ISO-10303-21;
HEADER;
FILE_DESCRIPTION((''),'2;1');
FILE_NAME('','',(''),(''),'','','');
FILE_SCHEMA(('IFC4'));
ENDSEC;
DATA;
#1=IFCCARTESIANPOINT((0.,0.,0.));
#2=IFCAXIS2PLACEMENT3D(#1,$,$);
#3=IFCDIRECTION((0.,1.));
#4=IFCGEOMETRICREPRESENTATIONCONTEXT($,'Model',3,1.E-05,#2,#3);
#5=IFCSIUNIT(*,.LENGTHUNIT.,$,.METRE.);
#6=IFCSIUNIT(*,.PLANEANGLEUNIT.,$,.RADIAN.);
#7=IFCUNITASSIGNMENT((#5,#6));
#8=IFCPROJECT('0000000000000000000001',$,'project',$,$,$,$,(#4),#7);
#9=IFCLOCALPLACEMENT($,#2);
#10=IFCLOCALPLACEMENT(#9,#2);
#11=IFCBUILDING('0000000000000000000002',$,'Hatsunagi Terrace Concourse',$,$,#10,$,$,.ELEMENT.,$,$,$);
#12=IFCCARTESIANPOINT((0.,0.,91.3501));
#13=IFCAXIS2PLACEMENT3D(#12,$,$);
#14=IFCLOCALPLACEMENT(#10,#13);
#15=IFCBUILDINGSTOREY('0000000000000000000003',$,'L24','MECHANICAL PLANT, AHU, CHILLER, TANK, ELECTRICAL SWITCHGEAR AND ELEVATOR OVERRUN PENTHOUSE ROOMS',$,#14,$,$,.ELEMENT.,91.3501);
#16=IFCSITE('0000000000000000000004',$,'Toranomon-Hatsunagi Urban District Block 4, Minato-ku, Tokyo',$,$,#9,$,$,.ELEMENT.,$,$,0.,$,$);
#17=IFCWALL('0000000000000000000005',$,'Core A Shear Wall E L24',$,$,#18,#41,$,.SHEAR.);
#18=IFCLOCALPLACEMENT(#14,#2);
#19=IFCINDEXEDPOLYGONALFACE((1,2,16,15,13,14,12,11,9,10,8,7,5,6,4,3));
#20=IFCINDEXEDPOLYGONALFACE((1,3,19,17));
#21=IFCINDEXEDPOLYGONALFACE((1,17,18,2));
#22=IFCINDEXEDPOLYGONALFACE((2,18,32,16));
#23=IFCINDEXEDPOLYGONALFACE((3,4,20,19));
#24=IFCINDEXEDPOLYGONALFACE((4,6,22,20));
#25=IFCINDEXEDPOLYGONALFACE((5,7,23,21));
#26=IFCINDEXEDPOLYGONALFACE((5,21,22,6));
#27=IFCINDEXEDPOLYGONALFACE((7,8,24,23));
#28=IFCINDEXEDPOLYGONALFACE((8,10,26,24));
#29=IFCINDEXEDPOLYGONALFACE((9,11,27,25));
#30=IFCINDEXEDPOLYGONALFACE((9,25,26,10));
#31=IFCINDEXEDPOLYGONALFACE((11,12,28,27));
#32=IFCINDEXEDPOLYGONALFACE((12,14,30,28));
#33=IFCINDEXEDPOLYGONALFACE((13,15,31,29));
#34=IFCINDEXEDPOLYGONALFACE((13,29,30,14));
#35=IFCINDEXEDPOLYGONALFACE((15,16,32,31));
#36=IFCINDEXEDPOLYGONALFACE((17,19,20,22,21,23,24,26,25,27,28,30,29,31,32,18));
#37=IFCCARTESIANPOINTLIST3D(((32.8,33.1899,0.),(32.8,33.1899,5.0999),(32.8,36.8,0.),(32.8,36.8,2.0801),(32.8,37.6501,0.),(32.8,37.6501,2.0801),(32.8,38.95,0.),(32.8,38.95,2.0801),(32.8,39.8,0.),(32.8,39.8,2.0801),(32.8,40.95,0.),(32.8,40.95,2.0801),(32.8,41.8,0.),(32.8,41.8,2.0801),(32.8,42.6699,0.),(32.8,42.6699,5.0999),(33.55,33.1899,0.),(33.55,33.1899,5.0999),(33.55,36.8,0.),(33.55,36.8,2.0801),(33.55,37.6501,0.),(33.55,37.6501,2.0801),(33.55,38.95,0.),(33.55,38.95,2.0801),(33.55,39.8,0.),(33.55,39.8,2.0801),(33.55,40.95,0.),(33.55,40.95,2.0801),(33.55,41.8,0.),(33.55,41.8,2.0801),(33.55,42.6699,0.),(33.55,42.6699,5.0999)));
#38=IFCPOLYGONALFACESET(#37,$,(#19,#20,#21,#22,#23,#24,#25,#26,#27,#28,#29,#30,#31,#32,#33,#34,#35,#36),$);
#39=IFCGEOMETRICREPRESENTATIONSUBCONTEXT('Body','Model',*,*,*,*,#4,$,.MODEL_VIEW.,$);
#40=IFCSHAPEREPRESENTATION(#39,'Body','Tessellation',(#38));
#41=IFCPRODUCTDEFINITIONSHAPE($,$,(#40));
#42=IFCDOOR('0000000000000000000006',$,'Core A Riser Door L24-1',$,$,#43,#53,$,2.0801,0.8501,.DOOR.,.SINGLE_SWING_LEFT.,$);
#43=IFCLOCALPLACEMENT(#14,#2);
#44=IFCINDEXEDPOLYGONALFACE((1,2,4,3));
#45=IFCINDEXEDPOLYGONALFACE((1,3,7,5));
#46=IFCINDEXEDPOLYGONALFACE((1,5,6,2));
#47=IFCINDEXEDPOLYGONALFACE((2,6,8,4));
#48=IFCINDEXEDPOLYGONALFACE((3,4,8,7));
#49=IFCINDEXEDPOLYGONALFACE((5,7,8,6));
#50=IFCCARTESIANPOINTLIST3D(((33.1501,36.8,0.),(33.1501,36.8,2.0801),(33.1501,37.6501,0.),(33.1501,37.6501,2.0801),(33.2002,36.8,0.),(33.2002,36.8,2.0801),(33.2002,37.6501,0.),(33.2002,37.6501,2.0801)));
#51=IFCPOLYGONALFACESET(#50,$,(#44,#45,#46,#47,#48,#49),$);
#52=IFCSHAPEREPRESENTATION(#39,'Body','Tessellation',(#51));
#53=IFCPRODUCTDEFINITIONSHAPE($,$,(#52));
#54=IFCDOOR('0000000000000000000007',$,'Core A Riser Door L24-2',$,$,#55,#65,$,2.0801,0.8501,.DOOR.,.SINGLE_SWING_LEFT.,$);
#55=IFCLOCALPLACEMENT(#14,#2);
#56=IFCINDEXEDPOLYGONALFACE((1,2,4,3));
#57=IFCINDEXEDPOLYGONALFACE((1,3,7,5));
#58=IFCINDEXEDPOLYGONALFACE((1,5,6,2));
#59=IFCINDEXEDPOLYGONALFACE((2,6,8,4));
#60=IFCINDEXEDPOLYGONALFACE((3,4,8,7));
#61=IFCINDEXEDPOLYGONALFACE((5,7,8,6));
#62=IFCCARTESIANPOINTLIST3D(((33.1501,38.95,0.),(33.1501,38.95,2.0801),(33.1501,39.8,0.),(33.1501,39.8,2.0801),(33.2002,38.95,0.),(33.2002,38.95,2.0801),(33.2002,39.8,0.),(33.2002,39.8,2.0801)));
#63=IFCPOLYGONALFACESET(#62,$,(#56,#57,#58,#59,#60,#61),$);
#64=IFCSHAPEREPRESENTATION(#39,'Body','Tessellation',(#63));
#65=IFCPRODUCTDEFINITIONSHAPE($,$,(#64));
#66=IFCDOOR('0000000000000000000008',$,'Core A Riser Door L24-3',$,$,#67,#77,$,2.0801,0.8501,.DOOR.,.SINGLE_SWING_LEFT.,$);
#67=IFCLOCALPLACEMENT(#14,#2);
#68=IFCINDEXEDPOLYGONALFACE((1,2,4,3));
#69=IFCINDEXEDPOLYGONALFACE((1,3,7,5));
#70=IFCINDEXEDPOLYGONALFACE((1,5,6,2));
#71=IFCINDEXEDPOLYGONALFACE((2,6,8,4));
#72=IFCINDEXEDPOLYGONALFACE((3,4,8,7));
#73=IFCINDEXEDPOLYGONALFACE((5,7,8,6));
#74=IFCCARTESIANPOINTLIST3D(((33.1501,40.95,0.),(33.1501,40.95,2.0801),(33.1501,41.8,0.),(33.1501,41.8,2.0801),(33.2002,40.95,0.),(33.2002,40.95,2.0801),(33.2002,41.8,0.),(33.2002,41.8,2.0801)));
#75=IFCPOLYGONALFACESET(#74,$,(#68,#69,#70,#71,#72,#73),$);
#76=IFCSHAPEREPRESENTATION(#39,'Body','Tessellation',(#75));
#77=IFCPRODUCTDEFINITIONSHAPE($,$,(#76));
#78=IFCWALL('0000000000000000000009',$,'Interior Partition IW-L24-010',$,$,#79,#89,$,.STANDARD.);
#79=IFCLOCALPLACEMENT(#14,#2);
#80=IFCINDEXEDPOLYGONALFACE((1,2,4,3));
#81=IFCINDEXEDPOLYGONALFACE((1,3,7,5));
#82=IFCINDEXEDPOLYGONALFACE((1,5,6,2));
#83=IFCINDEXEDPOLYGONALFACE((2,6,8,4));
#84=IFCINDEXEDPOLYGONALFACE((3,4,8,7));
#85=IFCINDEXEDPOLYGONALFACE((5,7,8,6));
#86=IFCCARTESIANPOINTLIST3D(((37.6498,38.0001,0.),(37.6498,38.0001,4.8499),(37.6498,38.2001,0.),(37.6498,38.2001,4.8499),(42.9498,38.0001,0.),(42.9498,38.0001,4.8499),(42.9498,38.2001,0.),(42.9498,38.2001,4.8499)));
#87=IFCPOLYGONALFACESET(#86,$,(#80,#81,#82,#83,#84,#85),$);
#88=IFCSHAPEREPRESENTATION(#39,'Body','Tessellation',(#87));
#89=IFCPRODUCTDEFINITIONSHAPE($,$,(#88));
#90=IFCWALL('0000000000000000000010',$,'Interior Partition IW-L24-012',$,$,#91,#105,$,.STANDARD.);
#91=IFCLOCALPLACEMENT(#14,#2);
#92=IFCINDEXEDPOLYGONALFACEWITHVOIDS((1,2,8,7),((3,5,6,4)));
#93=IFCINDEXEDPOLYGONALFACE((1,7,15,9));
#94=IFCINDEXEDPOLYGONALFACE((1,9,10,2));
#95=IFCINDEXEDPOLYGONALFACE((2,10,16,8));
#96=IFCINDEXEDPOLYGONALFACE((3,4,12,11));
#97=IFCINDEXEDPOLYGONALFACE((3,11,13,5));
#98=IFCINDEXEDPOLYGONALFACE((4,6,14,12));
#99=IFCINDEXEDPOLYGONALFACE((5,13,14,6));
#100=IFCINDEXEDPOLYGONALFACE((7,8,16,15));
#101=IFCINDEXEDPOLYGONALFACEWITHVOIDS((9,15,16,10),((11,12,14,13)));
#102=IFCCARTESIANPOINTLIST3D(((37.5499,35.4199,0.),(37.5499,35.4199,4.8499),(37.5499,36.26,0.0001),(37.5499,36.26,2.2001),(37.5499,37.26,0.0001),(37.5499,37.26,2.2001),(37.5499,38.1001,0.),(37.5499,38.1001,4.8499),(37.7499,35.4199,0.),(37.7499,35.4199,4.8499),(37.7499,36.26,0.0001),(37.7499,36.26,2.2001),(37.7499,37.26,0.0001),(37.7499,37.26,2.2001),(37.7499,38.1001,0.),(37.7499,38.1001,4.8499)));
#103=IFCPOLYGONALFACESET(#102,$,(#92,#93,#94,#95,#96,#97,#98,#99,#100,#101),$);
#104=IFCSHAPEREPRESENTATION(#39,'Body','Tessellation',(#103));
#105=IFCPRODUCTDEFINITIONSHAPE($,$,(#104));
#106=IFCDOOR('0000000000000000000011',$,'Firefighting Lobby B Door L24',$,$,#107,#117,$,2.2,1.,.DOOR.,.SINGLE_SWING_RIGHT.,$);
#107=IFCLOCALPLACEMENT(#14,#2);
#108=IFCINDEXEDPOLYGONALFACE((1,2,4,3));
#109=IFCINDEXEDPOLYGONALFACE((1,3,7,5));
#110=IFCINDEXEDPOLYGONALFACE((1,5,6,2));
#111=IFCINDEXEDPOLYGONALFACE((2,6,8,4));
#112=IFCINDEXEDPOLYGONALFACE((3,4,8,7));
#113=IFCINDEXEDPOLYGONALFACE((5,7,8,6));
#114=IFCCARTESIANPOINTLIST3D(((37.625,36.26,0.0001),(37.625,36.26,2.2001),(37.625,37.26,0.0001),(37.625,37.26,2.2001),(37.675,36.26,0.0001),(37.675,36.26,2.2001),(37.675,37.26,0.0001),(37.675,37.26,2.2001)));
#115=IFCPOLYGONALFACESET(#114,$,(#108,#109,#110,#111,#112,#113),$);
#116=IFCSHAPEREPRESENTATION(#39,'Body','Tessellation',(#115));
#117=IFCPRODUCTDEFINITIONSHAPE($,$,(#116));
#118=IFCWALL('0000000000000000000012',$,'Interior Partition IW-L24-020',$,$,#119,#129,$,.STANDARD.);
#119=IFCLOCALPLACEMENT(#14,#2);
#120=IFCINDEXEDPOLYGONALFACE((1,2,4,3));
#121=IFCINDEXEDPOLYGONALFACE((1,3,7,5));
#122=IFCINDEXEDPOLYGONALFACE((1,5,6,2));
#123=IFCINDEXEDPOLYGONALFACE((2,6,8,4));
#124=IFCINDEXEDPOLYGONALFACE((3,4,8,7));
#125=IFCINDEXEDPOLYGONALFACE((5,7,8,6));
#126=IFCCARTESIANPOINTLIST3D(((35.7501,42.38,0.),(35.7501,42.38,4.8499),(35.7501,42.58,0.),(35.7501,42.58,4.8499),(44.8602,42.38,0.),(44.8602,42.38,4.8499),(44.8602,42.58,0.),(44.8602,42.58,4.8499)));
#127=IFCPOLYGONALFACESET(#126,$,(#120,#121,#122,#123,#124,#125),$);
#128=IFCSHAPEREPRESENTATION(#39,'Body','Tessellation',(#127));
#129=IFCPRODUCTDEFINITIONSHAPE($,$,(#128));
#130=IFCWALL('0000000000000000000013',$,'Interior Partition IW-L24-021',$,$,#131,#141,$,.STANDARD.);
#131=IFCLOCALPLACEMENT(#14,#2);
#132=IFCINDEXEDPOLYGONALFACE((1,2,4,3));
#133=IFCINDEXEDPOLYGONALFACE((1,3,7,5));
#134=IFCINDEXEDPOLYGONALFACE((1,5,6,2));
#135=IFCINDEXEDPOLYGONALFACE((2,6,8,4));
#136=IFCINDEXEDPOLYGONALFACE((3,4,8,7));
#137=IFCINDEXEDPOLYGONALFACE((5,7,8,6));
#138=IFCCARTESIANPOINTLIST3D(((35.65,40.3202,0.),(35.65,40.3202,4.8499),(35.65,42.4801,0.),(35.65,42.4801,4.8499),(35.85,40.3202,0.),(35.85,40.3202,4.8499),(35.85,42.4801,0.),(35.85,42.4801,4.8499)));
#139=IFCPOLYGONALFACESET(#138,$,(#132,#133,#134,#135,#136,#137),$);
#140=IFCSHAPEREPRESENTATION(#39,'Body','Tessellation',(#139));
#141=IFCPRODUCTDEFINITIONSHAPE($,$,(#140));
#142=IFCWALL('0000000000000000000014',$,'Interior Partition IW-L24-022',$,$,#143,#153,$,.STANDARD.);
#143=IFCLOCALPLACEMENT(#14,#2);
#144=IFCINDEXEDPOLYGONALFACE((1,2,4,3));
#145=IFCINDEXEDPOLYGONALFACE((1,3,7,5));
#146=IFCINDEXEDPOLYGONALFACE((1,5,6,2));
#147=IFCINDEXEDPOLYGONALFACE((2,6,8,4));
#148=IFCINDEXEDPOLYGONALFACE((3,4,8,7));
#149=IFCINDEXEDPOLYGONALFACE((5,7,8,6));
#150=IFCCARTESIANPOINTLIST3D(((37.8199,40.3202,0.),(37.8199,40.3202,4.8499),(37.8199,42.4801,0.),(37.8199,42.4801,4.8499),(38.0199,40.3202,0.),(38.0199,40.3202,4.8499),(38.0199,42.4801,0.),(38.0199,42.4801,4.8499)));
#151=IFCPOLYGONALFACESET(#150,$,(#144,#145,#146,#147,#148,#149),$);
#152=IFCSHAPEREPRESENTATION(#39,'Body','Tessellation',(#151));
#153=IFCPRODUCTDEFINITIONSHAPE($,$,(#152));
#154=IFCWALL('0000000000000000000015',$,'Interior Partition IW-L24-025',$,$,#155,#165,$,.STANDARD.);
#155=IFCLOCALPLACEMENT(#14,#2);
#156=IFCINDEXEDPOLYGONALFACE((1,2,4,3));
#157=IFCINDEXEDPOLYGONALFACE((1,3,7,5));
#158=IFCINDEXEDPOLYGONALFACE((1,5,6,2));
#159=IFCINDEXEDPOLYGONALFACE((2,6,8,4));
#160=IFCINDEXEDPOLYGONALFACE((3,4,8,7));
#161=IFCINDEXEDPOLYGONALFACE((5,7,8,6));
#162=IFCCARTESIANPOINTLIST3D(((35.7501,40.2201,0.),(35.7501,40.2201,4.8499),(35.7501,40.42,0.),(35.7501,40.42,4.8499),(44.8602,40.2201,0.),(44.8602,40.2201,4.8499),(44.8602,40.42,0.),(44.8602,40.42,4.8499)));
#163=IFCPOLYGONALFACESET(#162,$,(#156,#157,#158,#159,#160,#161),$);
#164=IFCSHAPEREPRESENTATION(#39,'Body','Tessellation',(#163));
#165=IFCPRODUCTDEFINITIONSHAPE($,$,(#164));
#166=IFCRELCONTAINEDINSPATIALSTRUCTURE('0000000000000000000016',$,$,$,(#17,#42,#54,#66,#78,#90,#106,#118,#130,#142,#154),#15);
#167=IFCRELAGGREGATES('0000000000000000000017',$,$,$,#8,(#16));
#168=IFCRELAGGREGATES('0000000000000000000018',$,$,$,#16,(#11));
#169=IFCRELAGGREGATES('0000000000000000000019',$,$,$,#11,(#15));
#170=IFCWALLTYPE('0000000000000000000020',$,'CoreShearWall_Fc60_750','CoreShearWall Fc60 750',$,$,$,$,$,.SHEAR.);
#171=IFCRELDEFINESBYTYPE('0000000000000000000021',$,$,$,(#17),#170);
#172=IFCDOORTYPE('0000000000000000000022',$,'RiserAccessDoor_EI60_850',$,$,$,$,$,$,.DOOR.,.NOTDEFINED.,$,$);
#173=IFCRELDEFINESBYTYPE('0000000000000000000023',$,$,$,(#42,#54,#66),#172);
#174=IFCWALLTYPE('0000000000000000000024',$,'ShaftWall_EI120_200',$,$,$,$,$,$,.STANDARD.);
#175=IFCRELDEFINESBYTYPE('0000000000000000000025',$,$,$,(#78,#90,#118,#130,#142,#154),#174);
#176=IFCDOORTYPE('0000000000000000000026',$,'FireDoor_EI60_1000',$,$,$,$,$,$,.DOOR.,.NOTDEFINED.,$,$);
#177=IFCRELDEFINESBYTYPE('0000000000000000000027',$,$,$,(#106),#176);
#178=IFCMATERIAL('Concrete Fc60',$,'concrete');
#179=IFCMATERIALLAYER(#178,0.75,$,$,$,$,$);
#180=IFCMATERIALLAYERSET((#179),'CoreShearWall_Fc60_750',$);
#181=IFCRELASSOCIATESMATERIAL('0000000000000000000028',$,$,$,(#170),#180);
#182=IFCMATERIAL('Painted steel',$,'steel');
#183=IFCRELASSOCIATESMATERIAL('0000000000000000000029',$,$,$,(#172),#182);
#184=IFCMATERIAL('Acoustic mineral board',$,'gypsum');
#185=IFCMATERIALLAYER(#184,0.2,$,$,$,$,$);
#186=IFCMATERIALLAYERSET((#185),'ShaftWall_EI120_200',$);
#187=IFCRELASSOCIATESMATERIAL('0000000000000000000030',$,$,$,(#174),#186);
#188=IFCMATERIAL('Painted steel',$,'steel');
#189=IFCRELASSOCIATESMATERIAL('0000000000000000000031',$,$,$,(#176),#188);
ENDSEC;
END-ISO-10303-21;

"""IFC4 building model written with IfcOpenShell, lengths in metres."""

from ifc_helpers import new_model, si_unit, direction, frame, frame_2d, origin, place, context, subcontext, project, spatial, rectangle, extrude, material, layer, layer_set, type_object, element, fill, save


model = new_model("IFC4")

# Units and contexts
model_context = context("Model", 3, precision=1e-05, world=origin(), true_north=direction((0.0, 1.0)))
body_context = subcontext(model_context, "Body", "Model", "MODEL_VIEW")
ifc_project = project(units=[si_unit("LENGTHUNIT", "METRE"), si_unit("PLANEANGLEUNIT", "RADIAN")], contexts=[model_context])

# Site, building, storey
site_placement = place(None, origin())
site = spatial("IfcSite", under=ifc_project, at=site_placement, Name="Toranomon-Hatsunagi Urban District Block 4, Minato-ku, Tokyo", CompositionType="ELEMENT", RefElevation=0.0)
building_placement = place(site_placement, origin())
building = spatial("IfcBuilding", under=site, at=building_placement, Name="Hatsunagi Terrace Concourse", CompositionType="ELEMENT")
storey_placement = place(building_placement, frame((0.0, 0.0, 91.3501)))
storey = spatial("IfcBuildingStorey", under=building, at=storey_placement, Name="L24", Description="MECHANICAL PLANT, AHU, CHILLER, TANK, ELECTRICAL SWITCHGEAR AND ELEVATOR OVERRUN PENTHOUSE ROOMS", CompositionType="ELEMENT", Elevation=91.3501)

# Wall, openings, doors
ifc_material_1 = material(Name="Concrete Fc60", Category="concrete")
ifc_layer_1 = layer(ifc_material_1, 0.75)
ifc_layer_set_1 = layer_set([ifc_layer_1], Name="CoreShearWall_Fc60_750")
wall_type_1 = type_object("IfcWallType", Name="CoreShearWall_Fc60_750", Description="CoreShearWall Fc60 750", PredefinedType="SHEAR", material=ifc_layer_set_1)
wall_1_placement = place(storey_placement, frame((33.175, 33.1899, 0.0), z_axis=(0.0, 0.0, 1.0), x_axis=(0.0, 1.0, 0.0)))
wall_1 = element("IfcWall", 1, at=wall_1_placement, inside=storey, type_object=wall_type_1, Name="Core A Shear Wall E L24", PredefinedType="SHEAR", context=body_context, shape_type="SweptSolid", body=[
    extrude(rectangle(XDim=9.48, YDim=0.75, at=frame_2d((4.74, 0.0))), origin(), (0.0, 0.0, 1.0), 5.0999),
])
opening_1_placement = place(wall_1_placement, frame((3.6101, 0.0, 0.0)))
opening_1 = element("IfcOpeningElement", 2, at=opening_1_placement, cuts=wall_1, PredefinedType="OPENING", context=body_context, shape_type="SweptSolid", body=[
    extrude(rectangle(XDim=0.8501, YDim=2.0801, at=frame_2d((0.425, 1.04))), frame((0.0, 0.385, 0.0), z_axis=(0.0, -1.0, 0.0), x_axis=(1.0, 0.0, 0.0)), (0.0, 0.0, 1.0), 0.77),
])
opening_2_placement = place(wall_1_placement, frame((5.76, 0.0, 0.0)))
opening_2 = element("IfcOpeningElement", 3, at=opening_2_placement, cuts=wall_1, PredefinedType="OPENING", context=body_context, shape_type="SweptSolid", body=[
    extrude(rectangle(XDim=0.8501, YDim=2.0801, at=frame_2d((0.425, 1.04))), frame((0.0, 0.385, 0.0), z_axis=(0.0, -1.0, 0.0), x_axis=(1.0, 0.0, 0.0)), (0.0, 0.0, 1.0), 0.77),
])
opening_3_placement = place(wall_1_placement, frame((7.76, 0.0, 0.0)))
opening_3 = element("IfcOpeningElement", 4, at=opening_3_placement, cuts=wall_1, PredefinedType="OPENING", context=body_context, shape_type="SweptSolid", body=[
    extrude(rectangle(XDim=0.8501, YDim=2.0801, at=frame_2d((0.425, 1.04))), frame((0.0, 0.385, 0.0), z_axis=(0.0, -1.0, 0.0), x_axis=(1.0, 0.0, 0.0)), (0.0, 0.0, 1.0), 0.77),
])
ifc_material_2 = material(Name="Painted steel", Category="steel")
door_type_1 = type_object("IfcDoorType", Name="RiserAccessDoor_EI60_850", OperationType="NOTDEFINED", PredefinedType="DOOR", material=ifc_material_2)
door_1_placement = place(opening_1_placement, origin())
door_1 = element("IfcDoor", 5, at=door_1_placement, inside=storey, type_object=door_type_1, Name="Core A Riser Door L24-1", OperationType="SINGLE_SWING_LEFT", OverallHeight=2.0801, OverallWidth=0.8501, PredefinedType="DOOR", context=body_context, shape_type="SweptSolid", body=[
    extrude(rectangle(XDim=0.8501, YDim=2.0801, at=frame_2d((0.425, 1.04))), frame((0.0, 0.0249, 0.0), z_axis=(0.0, -1.0, 0.0), x_axis=(1.0, 0.0, 0.0)), (0.0, 0.0, 1.0), 0.05),
])
fill(opening_1, door_1)
door_2_placement = place(opening_2_placement, origin())
door_2 = element("IfcDoor", 6, at=door_2_placement, inside=storey, type_object=door_type_1, Name="Core A Riser Door L24-2", OperationType="SINGLE_SWING_LEFT", OverallHeight=2.0801, OverallWidth=0.8501, PredefinedType="DOOR", context=body_context, shape_type="SweptSolid", body=[
    extrude(rectangle(XDim=0.8501, YDim=2.0801, at=frame_2d((0.425, 1.04))), frame((0.0, 0.0249, 0.0), z_axis=(0.0, -1.0, 0.0), x_axis=(1.0, 0.0, 0.0)), (0.0, 0.0, 1.0), 0.05),
])
fill(opening_2, door_2)
door_3_placement = place(opening_3_placement, origin())
door_3 = element("IfcDoor", 7, at=door_3_placement, inside=storey, type_object=door_type_1, Name="Core A Riser Door L24-3", OperationType="SINGLE_SWING_LEFT", OverallHeight=2.0801, OverallWidth=0.8501, PredefinedType="DOOR", context=body_context, shape_type="SweptSolid", body=[
    extrude(rectangle(XDim=0.8501, YDim=2.0801, at=frame_2d((0.425, 1.04))), frame((0.0, 0.0249, 0.0), z_axis=(0.0, -1.0, 0.0), x_axis=(1.0, 0.0, 0.0)), (0.0, 0.0, 1.0), 0.05),
])
fill(opening_3, door_3)

# Wall
ifc_material_3 = material(Name="Acoustic mineral board", Category="gypsum")
ifc_layer_2 = layer(ifc_material_3, 0.2)
ifc_layer_set_2 = layer_set([ifc_layer_2], Name="ShaftWall_EI120_200")
wall_type_2 = type_object("IfcWallType", Name="ShaftWall_EI120_200", PredefinedType="STANDARD", material=ifc_layer_set_2)
wall_2_placement = place(storey_placement, frame((37.6499, 38.1001, 0.0), z_axis=(0.0, 0.0, 1.0), x_axis=(1.0, 0.0, 0.0)))
element("IfcWall", 8, at=wall_2_placement, inside=storey, type_object=wall_type_2, Name="Interior Partition IW-L24-010", PredefinedType="STANDARD", context=body_context, shape_type="SweptSolid", body=[
    extrude(rectangle(XDim=5.3, YDim=0.2, at=frame_2d((2.6499, 0.0))), origin(), (0.0, 0.0, 1.0), 4.8499),
])

# Wall, opening, door
wall_3_placement = place(storey_placement, frame((37.6499, 35.4199, 0.0), z_axis=(0.0, 0.0, 1.0), x_axis=(0.0, 1.0, 0.0)))
wall_3 = element("IfcWall", 9, at=wall_3_placement, inside=storey, type_object=wall_type_2, Name="Interior Partition IW-L24-012", PredefinedType="STANDARD", context=body_context, shape_type="SweptSolid", body=[
    extrude(rectangle(XDim=2.6802, YDim=0.2, at=frame_2d((1.3401, 0.0))), origin(), (0.0, 0.0, 1.0), 4.8499),
])
opening_4_placement = place(wall_3_placement, frame((0.8401, 0.0, 0.0)))
opening_4 = element("IfcOpeningElement", 10, at=opening_4_placement, cuts=wall_3, PredefinedType="OPENING", context=body_context, shape_type="SweptSolid", body=[
    extrude(rectangle(XDim=1.0, YDim=2.2, at=frame_2d((0.5, 1.1001))), frame((0.0, 0.1099, 0.0), z_axis=(0.0, -1.0, 0.0), x_axis=(1.0, 0.0, 0.0)), (0.0, 0.0, 1.0), 0.22),
])
ifc_material_4 = material(Name="Painted steel", Category="steel")
door_type_2 = type_object("IfcDoorType", Name="FireDoor_EI60_1000", OperationType="NOTDEFINED", PredefinedType="DOOR", material=ifc_material_4)
door_4_placement = place(opening_4_placement, origin())
door_4 = element("IfcDoor", 11, at=door_4_placement, inside=storey, type_object=door_type_2, Name="Firefighting Lobby B Door L24", OperationType="SINGLE_SWING_RIGHT", OverallHeight=2.2, OverallWidth=1.0, PredefinedType="DOOR", context=body_context, shape_type="SweptSolid", body=[
    extrude(rectangle(XDim=1.0, YDim=2.2, at=frame_2d((0.5, 1.1001))), frame((0.0, 0.0249, 0.0), z_axis=(0.0, -1.0, 0.0), x_axis=(1.0, 0.0, 0.0)), (0.0, 0.0, 1.0), 0.05),
])
fill(opening_4, door_4)

# Walls
wall_4_placement = place(storey_placement, frame((35.75, 42.48, 0.0), z_axis=(0.0, 0.0, 1.0), x_axis=(1.0, 0.0, 0.0)))
element("IfcWall", 12, at=wall_4_placement, inside=storey, type_object=wall_type_2, Name="Interior Partition IW-L24-020", PredefinedType="STANDARD", context=body_context, shape_type="SweptSolid", body=[
    extrude(rectangle(XDim=9.1101, YDim=0.2, at=frame_2d((4.5552, 0.0))), origin(), (0.0, 0.0, 1.0), 4.8499),
])
for number, where, z_axis, x_axis, name in (
    (13, (35.75, 40.3201, 0.0), (0.0, 0.0, 1.0), (0.0, 1.0, 0.0), "Interior Partition IW-L24-021"),
    (14, (37.9199, 40.3201, 0.0), (0.0, 0.0, 1.0), (0.0, 1.0, 0.0), "Interior Partition IW-L24-022"),
):
    element("IfcWall", number, at=place(storey_placement, frame(where, z_axis=z_axis, x_axis=x_axis)), inside=storey, type_object=wall_type_2, Name=name, PredefinedType="STANDARD", context=body_context, shape_type="SweptSolid", body=[
        extrude(rectangle(XDim=2.1599, YDim=0.2, at=frame_2d((1.0801, 0.0))), origin(), (0.0, 0.0, 1.0), 4.8499),
    ])
wall_5_placement = place(storey_placement, frame((35.75, 40.3201, 0.0), z_axis=(0.0, 0.0, 1.0), x_axis=(1.0, 0.0, 0.0)))
element("IfcWall", 15, at=wall_5_placement, inside=storey, type_object=wall_type_2, Name="Interior Partition IW-L24-025", PredefinedType="STANDARD", context=body_context, shape_type="SweptSolid", body=[
    extrude(rectangle(XDim=9.1101, YDim=0.2, at=frame_2d((4.5552, 0.0))), origin(), (0.0, 0.0, 1.0), 4.8499),
])

save(model, "model.ifc")
